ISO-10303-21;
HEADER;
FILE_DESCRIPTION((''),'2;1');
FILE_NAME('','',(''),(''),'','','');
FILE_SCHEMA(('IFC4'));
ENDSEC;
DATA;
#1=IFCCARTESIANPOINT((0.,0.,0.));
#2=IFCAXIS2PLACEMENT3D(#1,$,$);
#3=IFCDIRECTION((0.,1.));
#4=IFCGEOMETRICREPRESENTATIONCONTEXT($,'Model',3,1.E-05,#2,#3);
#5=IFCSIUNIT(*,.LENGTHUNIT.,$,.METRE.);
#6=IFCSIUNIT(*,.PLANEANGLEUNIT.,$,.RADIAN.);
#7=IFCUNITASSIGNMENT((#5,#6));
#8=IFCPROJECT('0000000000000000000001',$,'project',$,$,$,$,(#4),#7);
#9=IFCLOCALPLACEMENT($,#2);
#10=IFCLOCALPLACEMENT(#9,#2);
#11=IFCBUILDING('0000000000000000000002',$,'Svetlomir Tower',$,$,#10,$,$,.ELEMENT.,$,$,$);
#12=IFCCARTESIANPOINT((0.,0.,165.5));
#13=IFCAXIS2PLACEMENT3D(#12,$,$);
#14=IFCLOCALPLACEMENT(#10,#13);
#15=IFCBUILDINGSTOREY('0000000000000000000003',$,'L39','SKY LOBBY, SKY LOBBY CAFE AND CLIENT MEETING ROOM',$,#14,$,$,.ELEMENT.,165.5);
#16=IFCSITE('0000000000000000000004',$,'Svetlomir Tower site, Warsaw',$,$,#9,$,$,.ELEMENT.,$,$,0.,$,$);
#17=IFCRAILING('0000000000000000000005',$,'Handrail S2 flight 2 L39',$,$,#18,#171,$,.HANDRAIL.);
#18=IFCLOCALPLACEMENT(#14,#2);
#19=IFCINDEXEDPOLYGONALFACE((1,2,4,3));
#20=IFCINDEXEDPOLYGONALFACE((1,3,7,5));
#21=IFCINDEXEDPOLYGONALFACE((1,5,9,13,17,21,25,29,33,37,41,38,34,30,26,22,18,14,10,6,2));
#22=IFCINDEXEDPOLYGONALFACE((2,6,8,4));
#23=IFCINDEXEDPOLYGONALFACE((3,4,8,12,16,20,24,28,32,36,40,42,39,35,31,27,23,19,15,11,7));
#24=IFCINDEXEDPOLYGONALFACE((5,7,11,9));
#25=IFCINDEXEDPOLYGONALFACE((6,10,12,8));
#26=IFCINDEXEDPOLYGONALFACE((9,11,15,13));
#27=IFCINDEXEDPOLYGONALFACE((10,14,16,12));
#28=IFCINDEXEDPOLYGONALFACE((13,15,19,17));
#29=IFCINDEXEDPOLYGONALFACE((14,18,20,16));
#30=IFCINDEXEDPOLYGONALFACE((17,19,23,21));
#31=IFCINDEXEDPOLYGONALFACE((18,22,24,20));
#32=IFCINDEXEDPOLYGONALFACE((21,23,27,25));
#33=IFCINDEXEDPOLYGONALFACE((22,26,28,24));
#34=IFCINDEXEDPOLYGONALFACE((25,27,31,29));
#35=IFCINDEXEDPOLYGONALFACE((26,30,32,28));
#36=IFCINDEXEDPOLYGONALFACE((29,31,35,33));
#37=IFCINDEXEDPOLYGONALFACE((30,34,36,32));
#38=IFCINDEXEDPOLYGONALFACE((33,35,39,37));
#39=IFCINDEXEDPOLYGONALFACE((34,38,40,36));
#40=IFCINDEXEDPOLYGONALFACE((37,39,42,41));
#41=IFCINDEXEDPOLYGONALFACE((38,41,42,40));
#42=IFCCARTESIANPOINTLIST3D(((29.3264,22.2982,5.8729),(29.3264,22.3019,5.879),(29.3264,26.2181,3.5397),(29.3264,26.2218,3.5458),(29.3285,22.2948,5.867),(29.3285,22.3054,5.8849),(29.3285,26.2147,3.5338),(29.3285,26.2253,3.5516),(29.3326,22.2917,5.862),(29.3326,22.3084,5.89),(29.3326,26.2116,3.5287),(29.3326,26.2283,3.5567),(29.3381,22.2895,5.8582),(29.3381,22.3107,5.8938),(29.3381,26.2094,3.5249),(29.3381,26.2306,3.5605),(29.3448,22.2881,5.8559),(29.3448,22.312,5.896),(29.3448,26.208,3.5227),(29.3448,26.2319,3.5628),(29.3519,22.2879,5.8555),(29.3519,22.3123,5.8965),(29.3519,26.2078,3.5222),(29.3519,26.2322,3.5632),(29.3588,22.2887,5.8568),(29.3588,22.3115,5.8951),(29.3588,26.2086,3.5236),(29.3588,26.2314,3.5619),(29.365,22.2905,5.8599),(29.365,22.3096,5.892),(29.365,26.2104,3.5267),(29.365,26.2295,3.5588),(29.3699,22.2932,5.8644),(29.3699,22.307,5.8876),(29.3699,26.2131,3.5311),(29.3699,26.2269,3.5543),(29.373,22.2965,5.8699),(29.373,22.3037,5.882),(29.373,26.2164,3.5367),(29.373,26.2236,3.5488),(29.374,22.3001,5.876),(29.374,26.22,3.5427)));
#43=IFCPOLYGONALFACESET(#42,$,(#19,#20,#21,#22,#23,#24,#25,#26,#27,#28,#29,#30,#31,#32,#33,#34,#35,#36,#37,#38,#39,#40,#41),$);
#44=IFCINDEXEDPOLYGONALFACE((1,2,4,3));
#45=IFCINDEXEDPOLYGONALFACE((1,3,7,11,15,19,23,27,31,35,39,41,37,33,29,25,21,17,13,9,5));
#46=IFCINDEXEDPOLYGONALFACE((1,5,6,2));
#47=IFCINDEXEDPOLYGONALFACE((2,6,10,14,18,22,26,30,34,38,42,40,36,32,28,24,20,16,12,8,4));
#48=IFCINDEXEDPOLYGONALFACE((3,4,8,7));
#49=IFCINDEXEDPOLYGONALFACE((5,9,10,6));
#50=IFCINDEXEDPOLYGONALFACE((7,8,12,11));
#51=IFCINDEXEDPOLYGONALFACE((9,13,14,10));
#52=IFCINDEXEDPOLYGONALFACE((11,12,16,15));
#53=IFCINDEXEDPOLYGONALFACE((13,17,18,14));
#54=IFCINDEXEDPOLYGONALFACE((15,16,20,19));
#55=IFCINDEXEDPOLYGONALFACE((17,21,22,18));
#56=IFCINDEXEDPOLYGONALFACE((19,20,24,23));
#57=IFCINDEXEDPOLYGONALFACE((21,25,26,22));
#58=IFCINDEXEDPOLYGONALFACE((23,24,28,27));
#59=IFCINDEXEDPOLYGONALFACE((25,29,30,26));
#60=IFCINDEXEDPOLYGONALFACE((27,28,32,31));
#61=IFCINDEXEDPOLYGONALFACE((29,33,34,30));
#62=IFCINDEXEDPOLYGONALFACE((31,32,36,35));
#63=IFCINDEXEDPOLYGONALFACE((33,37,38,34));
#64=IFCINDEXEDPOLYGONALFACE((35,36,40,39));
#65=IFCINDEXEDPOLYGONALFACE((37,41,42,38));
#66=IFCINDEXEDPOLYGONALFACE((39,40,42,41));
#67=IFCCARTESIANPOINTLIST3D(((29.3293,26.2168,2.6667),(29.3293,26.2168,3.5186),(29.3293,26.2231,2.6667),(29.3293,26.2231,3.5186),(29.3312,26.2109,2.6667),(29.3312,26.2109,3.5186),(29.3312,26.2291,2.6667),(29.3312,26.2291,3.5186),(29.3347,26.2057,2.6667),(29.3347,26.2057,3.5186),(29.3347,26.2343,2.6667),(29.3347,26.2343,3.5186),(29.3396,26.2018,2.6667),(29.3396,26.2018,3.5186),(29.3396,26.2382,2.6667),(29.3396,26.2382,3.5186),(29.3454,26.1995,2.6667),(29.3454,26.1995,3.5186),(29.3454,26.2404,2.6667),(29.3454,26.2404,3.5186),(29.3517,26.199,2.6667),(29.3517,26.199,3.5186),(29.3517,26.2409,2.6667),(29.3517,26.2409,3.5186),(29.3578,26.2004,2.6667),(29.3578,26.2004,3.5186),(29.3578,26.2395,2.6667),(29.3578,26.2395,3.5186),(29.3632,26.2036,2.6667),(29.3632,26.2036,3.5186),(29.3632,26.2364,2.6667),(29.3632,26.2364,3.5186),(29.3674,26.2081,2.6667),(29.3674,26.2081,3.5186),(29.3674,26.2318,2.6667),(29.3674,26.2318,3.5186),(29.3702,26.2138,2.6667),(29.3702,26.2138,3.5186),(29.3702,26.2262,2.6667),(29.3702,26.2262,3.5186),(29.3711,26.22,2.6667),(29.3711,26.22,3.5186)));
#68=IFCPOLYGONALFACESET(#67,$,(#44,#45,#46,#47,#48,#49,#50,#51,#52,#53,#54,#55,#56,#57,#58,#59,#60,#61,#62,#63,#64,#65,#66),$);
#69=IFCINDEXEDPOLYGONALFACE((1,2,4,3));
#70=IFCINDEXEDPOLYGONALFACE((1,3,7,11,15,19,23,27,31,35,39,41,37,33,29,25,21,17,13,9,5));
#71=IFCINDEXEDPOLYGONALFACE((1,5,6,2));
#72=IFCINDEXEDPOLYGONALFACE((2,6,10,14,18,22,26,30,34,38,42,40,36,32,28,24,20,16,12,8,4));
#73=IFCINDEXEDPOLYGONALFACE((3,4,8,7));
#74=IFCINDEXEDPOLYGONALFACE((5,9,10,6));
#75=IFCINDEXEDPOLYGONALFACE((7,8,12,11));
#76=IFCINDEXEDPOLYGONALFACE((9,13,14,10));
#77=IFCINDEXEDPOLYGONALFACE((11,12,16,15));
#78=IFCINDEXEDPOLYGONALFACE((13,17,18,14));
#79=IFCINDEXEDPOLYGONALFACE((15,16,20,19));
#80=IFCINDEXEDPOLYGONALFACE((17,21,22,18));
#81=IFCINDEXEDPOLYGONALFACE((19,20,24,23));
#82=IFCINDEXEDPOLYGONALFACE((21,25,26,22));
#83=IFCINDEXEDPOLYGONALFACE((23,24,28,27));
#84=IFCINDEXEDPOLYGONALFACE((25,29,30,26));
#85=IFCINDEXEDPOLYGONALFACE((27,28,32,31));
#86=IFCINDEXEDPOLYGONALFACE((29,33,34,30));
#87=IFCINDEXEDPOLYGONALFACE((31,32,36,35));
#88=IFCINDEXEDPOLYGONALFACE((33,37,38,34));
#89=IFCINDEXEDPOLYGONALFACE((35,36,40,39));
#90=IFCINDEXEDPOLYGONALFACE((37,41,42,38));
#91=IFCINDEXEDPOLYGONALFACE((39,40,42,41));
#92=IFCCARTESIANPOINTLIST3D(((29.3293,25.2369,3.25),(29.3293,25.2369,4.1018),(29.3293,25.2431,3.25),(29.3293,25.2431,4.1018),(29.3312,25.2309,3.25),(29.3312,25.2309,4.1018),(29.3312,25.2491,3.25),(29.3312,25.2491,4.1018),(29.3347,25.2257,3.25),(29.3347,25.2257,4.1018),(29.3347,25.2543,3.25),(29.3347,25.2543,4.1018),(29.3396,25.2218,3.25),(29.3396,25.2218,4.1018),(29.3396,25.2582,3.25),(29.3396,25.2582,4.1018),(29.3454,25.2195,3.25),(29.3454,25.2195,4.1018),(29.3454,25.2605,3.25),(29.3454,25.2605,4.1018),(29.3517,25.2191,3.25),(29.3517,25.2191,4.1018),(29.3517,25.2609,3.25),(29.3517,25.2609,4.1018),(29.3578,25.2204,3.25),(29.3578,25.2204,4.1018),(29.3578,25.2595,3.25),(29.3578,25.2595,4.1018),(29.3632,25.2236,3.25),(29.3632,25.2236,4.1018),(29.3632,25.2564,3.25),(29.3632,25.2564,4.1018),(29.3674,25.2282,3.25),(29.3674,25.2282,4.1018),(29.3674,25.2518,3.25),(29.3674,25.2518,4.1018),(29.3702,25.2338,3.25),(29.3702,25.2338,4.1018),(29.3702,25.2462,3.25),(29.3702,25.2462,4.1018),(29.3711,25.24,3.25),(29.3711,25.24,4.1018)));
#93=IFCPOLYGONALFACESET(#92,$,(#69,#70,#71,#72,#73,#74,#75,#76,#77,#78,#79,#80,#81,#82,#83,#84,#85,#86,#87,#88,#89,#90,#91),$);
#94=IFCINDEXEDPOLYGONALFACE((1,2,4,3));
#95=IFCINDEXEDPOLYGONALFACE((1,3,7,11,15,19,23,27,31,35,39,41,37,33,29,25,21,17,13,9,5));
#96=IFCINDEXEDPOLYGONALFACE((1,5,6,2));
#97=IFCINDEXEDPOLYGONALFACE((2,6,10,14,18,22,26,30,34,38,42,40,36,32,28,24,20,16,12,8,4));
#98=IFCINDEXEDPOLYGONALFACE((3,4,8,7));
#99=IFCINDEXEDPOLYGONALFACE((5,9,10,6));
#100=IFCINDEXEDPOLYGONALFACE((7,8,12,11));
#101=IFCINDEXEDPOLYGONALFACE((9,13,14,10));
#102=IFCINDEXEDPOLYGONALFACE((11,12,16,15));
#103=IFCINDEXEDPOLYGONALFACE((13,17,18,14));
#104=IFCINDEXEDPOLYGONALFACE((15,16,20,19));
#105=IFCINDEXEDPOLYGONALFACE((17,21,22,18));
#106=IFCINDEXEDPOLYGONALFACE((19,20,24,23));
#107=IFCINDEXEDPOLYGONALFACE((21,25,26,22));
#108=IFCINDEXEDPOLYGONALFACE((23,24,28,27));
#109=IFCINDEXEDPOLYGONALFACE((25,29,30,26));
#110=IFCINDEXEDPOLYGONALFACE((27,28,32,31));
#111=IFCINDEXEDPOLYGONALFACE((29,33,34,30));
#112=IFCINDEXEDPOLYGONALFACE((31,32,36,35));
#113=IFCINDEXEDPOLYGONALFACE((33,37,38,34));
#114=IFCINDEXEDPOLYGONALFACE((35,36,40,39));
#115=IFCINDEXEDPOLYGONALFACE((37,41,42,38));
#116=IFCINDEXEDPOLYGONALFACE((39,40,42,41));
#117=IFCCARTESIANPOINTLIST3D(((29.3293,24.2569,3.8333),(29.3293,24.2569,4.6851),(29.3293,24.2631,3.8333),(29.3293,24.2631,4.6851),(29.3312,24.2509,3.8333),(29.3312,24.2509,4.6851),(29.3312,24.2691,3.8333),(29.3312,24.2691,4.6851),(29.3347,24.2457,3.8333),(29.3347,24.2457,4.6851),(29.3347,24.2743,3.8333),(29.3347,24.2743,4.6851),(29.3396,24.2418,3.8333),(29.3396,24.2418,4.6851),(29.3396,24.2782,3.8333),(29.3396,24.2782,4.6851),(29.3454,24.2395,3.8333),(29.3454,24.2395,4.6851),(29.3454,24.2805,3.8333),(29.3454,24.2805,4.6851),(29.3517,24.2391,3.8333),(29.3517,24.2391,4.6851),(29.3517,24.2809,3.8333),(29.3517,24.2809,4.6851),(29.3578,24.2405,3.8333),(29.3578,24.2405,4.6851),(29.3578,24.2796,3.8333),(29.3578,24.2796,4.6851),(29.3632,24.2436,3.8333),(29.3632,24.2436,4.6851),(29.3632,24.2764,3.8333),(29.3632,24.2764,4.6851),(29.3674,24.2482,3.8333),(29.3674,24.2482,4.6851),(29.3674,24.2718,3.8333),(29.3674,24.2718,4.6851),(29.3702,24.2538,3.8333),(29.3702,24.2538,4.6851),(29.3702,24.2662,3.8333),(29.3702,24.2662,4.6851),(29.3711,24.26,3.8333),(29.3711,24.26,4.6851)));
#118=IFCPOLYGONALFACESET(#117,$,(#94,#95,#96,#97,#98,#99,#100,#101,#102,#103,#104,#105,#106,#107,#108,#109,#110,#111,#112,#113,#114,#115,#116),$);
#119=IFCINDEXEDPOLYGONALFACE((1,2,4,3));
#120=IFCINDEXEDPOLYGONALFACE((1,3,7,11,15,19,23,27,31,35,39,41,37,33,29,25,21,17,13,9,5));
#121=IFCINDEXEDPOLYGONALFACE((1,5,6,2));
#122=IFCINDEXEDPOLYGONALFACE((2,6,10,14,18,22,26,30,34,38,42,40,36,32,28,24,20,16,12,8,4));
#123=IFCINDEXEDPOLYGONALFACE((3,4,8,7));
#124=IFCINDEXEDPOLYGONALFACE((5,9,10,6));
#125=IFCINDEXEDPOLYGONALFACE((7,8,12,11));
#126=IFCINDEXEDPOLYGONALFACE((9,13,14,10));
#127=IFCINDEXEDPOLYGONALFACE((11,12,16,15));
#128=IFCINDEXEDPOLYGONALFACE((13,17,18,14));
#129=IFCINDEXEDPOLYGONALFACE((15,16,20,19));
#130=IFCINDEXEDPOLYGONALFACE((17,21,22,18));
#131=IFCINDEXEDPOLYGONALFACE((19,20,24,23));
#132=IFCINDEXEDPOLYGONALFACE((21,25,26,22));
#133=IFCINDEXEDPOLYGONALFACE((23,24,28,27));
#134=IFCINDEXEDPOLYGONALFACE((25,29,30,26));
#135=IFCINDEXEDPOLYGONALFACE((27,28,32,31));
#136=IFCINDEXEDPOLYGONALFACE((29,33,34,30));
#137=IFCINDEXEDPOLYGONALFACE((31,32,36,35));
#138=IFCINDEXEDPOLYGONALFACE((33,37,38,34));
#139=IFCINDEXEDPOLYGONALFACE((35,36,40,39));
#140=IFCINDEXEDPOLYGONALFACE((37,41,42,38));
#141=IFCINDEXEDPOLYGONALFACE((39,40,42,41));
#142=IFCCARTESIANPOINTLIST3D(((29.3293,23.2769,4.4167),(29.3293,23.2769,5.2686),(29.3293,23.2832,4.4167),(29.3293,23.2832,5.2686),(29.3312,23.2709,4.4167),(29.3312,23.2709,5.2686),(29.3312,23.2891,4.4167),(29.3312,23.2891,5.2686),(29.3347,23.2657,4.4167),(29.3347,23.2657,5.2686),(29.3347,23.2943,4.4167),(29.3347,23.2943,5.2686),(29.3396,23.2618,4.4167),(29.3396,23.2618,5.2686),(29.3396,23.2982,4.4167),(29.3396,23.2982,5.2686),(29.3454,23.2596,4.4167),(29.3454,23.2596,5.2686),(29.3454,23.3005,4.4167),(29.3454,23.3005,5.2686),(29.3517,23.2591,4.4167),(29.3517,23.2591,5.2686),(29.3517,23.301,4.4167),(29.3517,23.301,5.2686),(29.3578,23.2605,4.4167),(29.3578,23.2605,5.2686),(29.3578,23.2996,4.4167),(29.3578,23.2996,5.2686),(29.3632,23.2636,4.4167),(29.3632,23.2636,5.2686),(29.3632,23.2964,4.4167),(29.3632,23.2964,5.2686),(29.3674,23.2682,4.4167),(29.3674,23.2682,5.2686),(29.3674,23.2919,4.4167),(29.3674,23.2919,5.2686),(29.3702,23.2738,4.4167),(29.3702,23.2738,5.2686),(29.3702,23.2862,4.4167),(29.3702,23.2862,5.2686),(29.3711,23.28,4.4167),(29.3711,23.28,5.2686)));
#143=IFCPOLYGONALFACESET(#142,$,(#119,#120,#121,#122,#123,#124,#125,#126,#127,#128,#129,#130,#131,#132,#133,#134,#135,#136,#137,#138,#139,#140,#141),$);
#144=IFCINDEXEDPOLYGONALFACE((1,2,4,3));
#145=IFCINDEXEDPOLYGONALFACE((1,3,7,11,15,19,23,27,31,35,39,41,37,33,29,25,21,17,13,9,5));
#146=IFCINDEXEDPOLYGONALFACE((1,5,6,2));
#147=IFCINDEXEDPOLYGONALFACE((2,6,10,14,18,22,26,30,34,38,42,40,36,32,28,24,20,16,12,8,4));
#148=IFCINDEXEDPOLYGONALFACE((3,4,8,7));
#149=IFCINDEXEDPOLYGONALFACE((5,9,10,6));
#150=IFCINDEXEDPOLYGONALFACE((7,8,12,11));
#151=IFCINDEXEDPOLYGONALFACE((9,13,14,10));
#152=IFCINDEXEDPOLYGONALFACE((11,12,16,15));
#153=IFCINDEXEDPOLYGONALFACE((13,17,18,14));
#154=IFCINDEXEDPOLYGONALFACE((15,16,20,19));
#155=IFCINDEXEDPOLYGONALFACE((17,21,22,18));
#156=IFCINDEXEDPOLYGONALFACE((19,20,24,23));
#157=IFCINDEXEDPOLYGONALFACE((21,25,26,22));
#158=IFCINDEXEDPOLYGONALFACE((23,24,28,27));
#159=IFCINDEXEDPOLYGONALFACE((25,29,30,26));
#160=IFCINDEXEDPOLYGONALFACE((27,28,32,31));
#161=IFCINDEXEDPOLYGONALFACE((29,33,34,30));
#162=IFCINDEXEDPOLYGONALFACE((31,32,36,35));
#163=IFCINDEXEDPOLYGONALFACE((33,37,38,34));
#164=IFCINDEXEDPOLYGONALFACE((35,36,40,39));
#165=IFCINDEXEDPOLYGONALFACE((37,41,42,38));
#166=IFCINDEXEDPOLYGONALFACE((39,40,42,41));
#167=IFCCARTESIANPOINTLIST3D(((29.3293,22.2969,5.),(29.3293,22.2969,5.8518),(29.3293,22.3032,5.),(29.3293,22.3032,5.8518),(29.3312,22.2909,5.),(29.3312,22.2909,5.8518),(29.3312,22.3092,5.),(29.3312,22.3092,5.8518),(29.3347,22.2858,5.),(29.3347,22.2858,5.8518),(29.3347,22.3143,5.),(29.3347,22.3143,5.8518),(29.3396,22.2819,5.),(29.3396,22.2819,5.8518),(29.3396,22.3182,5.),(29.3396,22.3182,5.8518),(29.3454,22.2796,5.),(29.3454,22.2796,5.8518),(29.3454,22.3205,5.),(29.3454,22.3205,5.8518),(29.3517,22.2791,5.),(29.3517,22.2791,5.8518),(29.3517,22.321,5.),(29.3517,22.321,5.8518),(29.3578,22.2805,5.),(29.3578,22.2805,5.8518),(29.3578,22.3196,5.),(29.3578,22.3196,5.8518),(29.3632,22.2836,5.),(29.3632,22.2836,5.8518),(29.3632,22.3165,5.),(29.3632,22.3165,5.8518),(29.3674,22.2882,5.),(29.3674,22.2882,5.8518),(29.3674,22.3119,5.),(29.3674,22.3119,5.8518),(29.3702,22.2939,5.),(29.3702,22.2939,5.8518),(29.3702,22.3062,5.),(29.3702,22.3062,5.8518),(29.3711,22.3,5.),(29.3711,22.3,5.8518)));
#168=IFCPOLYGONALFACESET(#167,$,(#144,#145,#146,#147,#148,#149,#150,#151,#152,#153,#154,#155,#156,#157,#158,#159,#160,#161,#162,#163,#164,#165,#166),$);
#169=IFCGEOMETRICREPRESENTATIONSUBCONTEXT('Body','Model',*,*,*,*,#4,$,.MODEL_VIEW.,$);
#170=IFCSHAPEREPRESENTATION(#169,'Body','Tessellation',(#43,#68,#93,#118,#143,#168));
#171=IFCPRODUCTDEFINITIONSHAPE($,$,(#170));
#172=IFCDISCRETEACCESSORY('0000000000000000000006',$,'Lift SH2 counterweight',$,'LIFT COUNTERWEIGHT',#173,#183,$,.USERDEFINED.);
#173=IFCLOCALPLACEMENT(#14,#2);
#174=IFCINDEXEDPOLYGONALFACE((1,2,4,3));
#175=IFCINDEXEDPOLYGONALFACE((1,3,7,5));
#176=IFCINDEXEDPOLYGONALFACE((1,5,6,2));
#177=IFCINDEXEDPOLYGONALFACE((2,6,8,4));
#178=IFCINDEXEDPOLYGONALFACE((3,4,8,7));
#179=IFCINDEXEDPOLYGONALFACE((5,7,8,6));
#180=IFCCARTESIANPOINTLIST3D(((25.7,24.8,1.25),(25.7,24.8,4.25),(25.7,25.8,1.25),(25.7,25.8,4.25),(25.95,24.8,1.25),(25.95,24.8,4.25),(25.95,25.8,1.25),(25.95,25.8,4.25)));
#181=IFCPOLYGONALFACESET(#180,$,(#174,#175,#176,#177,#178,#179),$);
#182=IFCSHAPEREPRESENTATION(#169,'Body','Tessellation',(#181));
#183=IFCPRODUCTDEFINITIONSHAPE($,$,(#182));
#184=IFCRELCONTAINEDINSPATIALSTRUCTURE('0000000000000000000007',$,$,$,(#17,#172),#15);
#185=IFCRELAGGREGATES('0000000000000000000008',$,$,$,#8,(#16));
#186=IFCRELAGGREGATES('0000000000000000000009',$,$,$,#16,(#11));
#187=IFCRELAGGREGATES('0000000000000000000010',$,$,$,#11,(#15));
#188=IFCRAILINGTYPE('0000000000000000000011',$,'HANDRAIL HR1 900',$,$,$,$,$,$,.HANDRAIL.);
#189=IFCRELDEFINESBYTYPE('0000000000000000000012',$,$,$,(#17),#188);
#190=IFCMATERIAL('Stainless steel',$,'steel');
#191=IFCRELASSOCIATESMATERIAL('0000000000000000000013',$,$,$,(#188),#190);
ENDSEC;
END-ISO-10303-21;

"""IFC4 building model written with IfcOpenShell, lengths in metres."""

from ifc_helpers import new_model, si_unit, direction, frame, origin, origin_2d, place, context, subcontext, project, spatial, rectangle, circle, extrude, material, type_object, element, save


model = new_model("IFC4")

# Units and contexts
model_context = context("Model", 3, precision=1e-05, world=origin(), true_north=direction((0.0, 1.0)))
body_context = subcontext(model_context, "Body", "Model", "MODEL_VIEW")
ifc_project = project(units=[si_unit("LENGTHUNIT", "METRE"), si_unit("PLANEANGLEUNIT", "RADIAN")], contexts=[model_context])

# Site, building, storey
site_placement = place(None, origin())
site = spatial("IfcSite", under=ifc_project, at=site_placement, Name="Svetlomir Tower site, Warsaw", CompositionType="ELEMENT", RefElevation=0.0)
building_placement = place(site_placement, origin())
building = spatial("IfcBuilding", under=site, at=building_placement, Name="Svetlomir Tower", CompositionType="ELEMENT")
storey_placement = place(building_placement, frame((0.0, 0.0, 165.5)))
storey = spatial("IfcBuildingStorey", under=building, at=storey_placement, Name="L39", Description="SKY LOBBY, SKY LOBBY CAFE AND CLIENT MEETING ROOM", CompositionType="ELEMENT", Elevation=165.5)

# Railing
ifc_material_1 = material(Name="Stainless steel", Category="steel")
railing_type = type_object("IfcRailingType", Name="HANDRAIL HR1 900", PredefinedType="HANDRAIL", material=ifc_material_1)
railing_1_placement = place(storey_placement, frame((29.3501, 26.22, 2.6667)))
element("IfcRailing", 1, at=railing_1_placement, inside=storey, type_object=railing_type, Name="Handrail S2 flight 2 L39", PredefinedType="HANDRAIL", context=body_context, shape_type="SweptSolid", body=[
    extrude(circle(Radius=0.0239, at=origin_2d()), frame((0.0, 0.0, 0.876), z_axis=(0.0, -0.859296, 0.511478), x_axis=(1.0, 0.0, 0.0)), (0.0, 0.0, 1.0), 4.5618),
    extrude(circle(Radius=0.021, at=origin_2d()), origin(), (0.0, 0.0, 1.0), 0.8518),
    extrude(circle(Radius=0.021, at=origin_2d()), frame((0.0, -0.98, 0.5833)), (0.0, 0.0, 1.0), 0.8518),
    extrude(circle(Radius=0.021, at=origin_2d()), frame((0.0, -1.96, 1.1665)), (0.0, 0.0, 1.0), 0.8518),
    extrude(circle(Radius=0.021, at=origin_2d()), frame((0.0, -2.9399, 1.75)), (0.0, 0.0, 1.0), 0.8518),
    extrude(circle(Radius=0.021, at=origin_2d()), frame((0.0, -3.9199, 2.3333)), (0.0, 0.0, 1.0), 0.8518),
])

# Discrete accessory
discrete_accessory_placement = place(storey_placement, frame((25.825, 25.3, 1.25), z_axis=(0.0, 0.0, 1.0), x_axis=(1.0, 0.0, 0.0)))
element("IfcDiscreteAccessory", 2, at=discrete_accessory_placement, inside=storey, Name="Lift SH2 counterweight", ObjectType="LIFT COUNTERWEIGHT", PredefinedType="USERDEFINED", context=body_context, shape_type="SweptSolid", body=[
    extrude(rectangle(XDim=0.25, YDim=1.0, at=origin_2d()), origin(), (0.0, 0.0, 1.0), 3.0),
])

save(model, "model.ifc")
